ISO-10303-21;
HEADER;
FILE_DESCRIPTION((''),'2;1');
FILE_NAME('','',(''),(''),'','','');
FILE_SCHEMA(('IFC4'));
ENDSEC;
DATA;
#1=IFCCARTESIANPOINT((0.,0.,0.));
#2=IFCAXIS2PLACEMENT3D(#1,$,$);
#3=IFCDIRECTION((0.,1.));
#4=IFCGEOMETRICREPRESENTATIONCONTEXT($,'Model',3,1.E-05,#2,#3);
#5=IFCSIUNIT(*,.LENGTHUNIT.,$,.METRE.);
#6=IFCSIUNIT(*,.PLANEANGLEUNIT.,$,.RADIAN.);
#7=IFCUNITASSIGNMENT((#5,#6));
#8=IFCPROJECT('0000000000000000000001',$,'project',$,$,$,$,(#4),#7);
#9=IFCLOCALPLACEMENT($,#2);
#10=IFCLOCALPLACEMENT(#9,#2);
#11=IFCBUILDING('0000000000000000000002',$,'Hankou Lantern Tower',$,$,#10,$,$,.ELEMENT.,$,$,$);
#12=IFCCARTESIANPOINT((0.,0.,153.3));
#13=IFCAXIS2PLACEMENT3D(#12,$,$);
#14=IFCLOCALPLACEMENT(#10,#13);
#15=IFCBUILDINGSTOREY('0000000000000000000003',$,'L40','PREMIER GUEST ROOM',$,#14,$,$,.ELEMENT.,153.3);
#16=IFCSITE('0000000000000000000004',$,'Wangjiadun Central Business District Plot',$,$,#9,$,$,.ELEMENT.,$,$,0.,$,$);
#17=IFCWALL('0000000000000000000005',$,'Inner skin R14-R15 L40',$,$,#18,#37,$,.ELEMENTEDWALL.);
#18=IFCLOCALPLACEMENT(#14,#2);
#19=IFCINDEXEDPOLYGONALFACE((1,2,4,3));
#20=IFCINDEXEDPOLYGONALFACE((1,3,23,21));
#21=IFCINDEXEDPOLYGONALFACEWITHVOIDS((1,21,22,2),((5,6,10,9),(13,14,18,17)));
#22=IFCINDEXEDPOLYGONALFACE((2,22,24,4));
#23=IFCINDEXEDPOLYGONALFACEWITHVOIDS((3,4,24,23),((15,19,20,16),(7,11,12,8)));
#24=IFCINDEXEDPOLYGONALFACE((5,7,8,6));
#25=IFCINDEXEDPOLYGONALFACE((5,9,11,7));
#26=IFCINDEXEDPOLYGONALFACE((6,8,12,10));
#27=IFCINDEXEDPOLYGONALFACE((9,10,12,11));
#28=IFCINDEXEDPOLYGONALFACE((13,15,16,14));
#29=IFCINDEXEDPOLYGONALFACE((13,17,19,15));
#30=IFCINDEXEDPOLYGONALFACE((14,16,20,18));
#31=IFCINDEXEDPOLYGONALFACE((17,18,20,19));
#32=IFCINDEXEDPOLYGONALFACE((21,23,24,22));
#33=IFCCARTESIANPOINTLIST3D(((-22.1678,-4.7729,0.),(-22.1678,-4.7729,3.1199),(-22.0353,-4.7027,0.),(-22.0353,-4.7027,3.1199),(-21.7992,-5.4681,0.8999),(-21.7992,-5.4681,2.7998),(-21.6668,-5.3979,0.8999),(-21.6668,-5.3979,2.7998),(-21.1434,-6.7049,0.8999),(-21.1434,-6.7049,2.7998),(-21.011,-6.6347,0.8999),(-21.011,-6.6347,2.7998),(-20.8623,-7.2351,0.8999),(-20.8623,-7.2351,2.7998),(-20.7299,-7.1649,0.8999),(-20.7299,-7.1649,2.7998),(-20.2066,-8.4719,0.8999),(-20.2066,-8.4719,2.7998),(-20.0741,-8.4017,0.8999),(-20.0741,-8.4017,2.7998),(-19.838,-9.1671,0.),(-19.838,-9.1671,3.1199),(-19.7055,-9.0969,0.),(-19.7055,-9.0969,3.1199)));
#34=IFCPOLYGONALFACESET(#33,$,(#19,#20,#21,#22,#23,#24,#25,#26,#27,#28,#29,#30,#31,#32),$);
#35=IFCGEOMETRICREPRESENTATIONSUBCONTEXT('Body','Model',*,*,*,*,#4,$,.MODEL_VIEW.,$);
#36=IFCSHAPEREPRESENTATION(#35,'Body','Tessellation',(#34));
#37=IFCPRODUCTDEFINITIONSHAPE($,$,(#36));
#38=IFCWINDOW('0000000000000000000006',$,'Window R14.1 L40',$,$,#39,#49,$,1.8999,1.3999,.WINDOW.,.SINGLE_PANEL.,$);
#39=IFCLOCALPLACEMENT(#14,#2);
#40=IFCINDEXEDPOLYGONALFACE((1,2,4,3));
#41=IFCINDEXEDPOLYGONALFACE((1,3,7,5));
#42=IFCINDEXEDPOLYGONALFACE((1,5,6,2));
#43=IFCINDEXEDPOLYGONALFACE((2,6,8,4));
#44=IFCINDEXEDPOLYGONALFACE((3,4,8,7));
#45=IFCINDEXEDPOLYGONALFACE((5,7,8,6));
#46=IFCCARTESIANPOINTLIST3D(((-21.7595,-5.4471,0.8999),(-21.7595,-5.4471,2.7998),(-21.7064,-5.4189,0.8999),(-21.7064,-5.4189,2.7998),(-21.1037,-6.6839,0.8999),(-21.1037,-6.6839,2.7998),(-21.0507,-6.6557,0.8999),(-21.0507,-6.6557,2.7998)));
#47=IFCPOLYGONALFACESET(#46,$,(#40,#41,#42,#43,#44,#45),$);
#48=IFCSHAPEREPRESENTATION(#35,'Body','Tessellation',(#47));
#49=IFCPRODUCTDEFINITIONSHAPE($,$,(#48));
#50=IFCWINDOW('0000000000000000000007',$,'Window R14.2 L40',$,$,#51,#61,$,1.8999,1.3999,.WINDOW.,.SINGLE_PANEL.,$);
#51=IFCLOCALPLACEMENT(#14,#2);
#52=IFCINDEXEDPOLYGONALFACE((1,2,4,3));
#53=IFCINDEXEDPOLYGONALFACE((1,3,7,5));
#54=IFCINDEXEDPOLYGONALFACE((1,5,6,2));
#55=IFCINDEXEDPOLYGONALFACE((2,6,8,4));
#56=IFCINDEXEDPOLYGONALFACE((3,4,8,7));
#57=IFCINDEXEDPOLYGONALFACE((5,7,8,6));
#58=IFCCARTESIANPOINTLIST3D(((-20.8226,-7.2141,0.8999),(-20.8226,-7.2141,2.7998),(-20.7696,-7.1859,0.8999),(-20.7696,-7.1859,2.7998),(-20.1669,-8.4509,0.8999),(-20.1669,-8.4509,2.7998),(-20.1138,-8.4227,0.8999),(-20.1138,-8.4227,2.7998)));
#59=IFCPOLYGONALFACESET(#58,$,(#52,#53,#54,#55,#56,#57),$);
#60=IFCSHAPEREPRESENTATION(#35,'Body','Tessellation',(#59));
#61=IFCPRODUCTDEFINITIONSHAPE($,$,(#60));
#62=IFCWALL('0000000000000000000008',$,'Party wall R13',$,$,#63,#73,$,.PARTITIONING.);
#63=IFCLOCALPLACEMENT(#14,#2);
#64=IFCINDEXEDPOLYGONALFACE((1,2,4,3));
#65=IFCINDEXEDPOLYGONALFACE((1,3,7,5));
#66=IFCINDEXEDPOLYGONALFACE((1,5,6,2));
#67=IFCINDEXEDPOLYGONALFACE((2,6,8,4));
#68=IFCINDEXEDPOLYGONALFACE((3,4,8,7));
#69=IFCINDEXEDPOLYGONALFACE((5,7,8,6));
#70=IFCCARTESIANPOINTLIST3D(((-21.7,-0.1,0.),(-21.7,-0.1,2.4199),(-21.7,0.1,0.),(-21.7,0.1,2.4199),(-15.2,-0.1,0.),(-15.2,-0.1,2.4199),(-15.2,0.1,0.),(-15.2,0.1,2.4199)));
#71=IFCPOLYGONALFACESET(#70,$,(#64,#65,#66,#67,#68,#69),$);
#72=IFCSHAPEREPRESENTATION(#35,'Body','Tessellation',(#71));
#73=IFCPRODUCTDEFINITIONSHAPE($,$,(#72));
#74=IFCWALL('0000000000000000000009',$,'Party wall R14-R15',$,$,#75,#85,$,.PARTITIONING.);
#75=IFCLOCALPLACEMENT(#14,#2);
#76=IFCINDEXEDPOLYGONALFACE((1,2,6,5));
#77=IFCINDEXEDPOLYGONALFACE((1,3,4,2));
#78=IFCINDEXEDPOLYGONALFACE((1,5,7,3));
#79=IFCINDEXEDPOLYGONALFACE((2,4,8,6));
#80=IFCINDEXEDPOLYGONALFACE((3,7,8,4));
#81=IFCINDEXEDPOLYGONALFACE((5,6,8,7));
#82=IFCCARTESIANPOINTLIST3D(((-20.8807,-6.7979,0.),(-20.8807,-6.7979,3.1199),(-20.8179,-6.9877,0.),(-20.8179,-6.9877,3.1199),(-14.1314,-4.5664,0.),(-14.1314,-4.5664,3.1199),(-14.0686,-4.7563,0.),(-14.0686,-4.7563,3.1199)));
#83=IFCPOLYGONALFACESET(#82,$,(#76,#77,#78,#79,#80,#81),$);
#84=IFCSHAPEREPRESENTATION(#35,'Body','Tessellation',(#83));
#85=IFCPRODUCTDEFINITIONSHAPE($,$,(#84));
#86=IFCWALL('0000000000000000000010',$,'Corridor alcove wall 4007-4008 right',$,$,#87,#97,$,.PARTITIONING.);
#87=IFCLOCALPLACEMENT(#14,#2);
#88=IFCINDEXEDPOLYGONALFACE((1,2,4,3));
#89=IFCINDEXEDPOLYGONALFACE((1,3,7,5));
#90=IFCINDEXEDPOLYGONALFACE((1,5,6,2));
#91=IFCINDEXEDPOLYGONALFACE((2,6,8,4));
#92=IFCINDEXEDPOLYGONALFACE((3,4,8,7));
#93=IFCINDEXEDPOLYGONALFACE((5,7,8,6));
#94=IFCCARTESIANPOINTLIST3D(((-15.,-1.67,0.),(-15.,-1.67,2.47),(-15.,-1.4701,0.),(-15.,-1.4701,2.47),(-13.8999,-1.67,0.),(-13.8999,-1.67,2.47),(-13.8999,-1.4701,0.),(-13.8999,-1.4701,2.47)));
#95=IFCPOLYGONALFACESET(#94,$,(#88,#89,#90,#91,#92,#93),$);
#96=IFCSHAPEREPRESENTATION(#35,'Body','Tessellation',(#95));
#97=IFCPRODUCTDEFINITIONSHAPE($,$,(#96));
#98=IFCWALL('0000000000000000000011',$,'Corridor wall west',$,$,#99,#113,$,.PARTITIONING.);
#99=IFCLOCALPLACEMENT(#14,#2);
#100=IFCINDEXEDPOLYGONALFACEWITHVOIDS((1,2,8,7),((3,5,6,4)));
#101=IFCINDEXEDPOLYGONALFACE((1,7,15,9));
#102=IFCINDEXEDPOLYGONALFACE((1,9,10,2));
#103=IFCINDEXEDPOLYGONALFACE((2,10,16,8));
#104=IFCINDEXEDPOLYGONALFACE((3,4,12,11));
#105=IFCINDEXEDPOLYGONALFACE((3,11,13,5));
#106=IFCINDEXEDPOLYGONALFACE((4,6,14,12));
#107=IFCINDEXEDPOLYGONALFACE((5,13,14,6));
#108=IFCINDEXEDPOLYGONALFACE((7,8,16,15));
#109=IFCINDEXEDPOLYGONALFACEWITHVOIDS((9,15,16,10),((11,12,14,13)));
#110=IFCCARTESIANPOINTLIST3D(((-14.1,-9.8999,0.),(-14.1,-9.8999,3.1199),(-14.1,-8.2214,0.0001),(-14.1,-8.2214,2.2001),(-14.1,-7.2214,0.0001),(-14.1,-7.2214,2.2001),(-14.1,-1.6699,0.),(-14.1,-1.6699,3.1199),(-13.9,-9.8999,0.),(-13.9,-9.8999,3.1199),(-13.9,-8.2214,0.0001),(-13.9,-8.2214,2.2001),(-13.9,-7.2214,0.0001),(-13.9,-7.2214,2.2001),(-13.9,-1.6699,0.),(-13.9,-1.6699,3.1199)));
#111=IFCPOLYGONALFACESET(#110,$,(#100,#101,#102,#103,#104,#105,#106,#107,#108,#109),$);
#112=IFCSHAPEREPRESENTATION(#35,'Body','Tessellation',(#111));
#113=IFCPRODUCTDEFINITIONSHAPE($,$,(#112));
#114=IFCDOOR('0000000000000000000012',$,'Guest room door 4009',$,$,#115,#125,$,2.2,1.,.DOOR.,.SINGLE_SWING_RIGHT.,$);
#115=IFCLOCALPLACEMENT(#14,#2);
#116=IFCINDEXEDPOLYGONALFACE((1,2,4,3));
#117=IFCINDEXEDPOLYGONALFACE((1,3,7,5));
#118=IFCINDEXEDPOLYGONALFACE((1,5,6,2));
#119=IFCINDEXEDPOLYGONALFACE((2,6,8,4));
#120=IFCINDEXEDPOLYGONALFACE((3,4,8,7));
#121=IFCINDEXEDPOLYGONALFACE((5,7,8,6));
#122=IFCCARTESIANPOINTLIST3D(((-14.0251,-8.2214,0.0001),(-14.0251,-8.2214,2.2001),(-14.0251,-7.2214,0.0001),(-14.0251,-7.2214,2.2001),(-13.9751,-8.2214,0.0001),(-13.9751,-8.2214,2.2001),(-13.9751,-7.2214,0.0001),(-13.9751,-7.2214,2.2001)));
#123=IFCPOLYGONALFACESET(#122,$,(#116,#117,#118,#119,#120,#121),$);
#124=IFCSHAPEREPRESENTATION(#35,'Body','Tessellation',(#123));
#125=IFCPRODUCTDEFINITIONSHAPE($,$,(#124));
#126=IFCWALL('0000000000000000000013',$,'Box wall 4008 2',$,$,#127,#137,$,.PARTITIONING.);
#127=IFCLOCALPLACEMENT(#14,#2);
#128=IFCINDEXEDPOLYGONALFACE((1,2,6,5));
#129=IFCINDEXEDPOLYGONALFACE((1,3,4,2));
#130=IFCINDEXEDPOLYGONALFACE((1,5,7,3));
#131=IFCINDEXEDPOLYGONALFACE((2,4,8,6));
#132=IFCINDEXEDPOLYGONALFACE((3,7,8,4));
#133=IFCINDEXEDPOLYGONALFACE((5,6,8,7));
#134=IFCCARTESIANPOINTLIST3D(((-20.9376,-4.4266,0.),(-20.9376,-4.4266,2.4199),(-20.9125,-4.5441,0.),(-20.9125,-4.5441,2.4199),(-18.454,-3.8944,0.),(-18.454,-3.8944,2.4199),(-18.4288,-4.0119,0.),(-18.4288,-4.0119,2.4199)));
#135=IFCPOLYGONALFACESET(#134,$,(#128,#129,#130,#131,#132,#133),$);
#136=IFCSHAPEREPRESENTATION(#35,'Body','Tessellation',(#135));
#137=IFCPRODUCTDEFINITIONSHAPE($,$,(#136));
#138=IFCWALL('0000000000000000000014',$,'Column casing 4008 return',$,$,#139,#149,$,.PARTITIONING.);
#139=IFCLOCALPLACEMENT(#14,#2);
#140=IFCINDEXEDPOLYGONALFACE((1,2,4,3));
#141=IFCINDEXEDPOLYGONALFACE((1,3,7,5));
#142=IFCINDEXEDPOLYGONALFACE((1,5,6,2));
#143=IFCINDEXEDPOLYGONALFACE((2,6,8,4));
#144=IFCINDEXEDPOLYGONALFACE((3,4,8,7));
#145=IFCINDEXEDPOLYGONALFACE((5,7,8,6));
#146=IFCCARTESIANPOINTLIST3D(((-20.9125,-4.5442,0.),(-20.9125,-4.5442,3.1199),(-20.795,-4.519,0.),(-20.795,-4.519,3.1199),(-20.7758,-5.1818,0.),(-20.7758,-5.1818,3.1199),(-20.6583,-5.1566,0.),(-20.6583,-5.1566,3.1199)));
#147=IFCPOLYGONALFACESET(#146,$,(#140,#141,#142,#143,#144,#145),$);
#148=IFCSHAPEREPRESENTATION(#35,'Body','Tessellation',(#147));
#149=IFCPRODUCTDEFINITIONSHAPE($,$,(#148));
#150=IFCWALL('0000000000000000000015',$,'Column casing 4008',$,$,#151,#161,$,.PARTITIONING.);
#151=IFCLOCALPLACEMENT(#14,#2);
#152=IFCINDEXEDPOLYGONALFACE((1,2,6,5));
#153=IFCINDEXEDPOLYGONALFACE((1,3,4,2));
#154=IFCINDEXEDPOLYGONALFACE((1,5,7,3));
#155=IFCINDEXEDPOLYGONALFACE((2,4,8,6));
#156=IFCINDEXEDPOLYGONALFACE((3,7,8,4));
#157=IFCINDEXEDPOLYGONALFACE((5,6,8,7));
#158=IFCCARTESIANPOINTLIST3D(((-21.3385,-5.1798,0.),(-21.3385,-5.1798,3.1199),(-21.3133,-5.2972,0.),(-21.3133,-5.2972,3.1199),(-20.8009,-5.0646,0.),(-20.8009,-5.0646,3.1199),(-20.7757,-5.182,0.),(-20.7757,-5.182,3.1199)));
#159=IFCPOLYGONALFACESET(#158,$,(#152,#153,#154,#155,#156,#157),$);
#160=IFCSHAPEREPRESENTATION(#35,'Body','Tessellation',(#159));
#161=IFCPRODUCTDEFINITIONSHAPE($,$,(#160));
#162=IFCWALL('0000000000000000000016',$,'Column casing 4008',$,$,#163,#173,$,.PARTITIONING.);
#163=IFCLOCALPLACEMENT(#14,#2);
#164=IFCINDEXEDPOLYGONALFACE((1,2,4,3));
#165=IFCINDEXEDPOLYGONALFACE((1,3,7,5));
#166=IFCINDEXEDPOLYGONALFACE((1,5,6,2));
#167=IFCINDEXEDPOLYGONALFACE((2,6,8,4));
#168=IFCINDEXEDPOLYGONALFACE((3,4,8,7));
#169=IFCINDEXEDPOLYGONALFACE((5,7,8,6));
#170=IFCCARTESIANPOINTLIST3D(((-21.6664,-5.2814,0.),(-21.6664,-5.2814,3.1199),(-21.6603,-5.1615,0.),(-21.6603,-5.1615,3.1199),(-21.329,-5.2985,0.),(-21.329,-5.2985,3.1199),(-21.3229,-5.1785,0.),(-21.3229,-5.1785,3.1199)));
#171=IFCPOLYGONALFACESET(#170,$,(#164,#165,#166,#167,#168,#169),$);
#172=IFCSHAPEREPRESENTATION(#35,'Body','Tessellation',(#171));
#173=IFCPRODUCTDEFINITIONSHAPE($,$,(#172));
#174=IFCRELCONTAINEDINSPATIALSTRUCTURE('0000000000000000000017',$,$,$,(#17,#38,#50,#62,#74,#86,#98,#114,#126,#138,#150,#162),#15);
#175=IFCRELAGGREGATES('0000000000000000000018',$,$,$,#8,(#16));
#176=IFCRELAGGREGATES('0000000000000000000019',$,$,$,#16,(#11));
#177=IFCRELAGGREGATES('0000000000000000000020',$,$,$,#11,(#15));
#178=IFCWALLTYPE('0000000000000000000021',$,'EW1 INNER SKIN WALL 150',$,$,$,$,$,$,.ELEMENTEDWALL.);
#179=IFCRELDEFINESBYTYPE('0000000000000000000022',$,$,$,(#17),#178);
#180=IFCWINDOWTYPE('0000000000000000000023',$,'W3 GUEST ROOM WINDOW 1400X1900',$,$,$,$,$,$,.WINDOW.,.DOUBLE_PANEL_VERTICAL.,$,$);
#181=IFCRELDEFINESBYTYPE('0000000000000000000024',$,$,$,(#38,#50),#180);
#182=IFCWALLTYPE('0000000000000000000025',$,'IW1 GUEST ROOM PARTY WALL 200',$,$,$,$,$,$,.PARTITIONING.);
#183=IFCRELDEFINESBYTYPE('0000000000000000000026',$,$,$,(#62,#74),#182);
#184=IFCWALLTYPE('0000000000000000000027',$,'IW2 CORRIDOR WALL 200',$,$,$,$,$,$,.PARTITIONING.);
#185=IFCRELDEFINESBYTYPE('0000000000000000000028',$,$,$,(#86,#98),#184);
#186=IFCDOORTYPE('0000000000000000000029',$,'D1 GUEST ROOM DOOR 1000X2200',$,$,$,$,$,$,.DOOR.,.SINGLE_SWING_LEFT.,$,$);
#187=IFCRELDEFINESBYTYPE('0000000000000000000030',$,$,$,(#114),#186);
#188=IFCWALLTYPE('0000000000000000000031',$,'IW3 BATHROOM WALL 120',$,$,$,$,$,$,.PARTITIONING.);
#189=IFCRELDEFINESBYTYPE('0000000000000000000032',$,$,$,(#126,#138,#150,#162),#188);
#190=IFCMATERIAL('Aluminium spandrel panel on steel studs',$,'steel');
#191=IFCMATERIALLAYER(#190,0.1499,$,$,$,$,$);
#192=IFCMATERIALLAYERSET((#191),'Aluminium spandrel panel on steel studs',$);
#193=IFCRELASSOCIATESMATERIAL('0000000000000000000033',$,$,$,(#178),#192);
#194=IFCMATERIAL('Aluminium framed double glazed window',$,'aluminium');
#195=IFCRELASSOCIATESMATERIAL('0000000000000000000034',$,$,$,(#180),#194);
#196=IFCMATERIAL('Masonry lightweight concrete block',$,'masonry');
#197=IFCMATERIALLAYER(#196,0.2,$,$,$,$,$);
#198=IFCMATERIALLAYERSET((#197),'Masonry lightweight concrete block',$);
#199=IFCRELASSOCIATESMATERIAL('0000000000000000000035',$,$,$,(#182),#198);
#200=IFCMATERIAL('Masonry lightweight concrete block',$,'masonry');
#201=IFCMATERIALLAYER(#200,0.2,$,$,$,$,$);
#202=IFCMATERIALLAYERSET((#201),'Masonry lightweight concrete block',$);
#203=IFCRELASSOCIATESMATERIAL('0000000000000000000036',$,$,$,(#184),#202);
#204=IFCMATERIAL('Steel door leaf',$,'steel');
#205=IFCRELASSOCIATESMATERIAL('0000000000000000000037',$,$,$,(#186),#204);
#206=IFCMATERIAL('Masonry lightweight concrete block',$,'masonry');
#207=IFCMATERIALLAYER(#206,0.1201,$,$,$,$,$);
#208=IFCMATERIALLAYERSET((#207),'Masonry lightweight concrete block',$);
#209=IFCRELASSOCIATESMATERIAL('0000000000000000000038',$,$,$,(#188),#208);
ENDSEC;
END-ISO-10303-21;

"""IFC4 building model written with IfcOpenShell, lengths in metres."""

from ifc_helpers import new_model, si_unit, direction, frame, frame_2d, origin, place, context, subcontext, project, spatial, rectangle, extrude, material, layer, layer_set, type_object, element, fill, save


model = new_model("IFC4")

# Units and contexts
model_context = context("Model", 3, precision=1e-05, world=origin(), true_north=direction((0.0, 1.0)))
body_context = subcontext(model_context, "Body", "Model", "MODEL_VIEW")
ifc_project = project(units=[si_unit("LENGTHUNIT", "METRE"), si_unit("PLANEANGLEUNIT", "RADIAN")], contexts=[model_context])

# Site, building, storey
site_placement = place(None, origin())
site = spatial("IfcSite", under=ifc_project, at=site_placement, Name="Wangjiadun Central Business District Plot", CompositionType="ELEMENT", RefElevation=0.0)
building_placement = place(site_placement, origin())
building = spatial("IfcBuilding", under=site, at=building_placement, Name="Hankou Lantern Tower", CompositionType="ELEMENT")
storey_placement = place(building_placement, frame((0.0, 0.0, 153.3)))
storey = spatial("IfcBuildingStorey", under=building, at=storey_placement, Name="L40", Description="PREMIER GUEST ROOM", CompositionType="ELEMENT", Elevation=153.3)

# Wall, openings, windows
ifc_material_1 = material(Name="Aluminium spandrel panel on steel studs", Category="steel")
ifc_layer_1 = layer(ifc_material_1, 0.1499)
ifc_layer_set_1 = layer_set([ifc_layer_1], Name="Aluminium spandrel panel on steel studs")
wall_type_1 = type_object("IfcWallType", Name="EW1 INNER SKIN WALL 150", PredefinedType="ELEMENTEDWALL", material=ifc_layer_set_1)
ifc_material_2 = material(Name="Aluminium framed double glazed window", Category="aluminium")
window_type = type_object("IfcWindowType", Name="W3 GUEST ROOM WINDOW 1400X1900", PartitioningType="DOUBLE_PANEL_VERTICAL", PredefinedType="WINDOW", material=ifc_material_2)
wall_1_placement = place(storey_placement, frame((-22.1016, -4.7378, 0.0), z_axis=(0.0, 0.0, 1.0), x_axis=(0.468429, -0.883501, 0.0)))
wall_1 = element("IfcWall", 1, at=wall_1_placement, inside=storey, type_object=wall_type_1, Name="Inner skin R14-R15 L40", PredefinedType="ELEMENTEDWALL", context=body_context, shape_type="SweptSolid", body=[
    extrude(rectangle(XDim=4.9736, YDim=0.1499, at=frame_2d((2.4868, 0.0))), origin(), (0.0, 0.0, 1.0), 3.1199),
])
opening_1_placement = place(wall_1_placement, frame((0.7869, 0.0, 0.8999)))
opening_1 = element("IfcOpeningElement", 2, at=opening_1_placement, cuts=wall_1, PredefinedType="OPENING", context=body_context, shape_type="SweptSolid", body=[
    extrude(rectangle(XDim=1.3999, YDim=1.8999, at=frame_2d((0.7, 0.95))), frame((0.0, 0.085, 0.0), z_axis=(0.0, -1.0, 0.0), x_axis=(1.0, 0.0, 0.0)), (0.0, 0.0, 1.0), 0.1699),
])
opening_2_placement = place(wall_1_placement, frame((2.7869, 0.0, 0.8999)))
opening_2 = element("IfcOpeningElement", 3, at=opening_2_placement, cuts=wall_1, PredefinedType="OPENING", context=body_context, shape_type="SweptSolid", body=[
    extrude(rectangle(XDim=1.3999, YDim=1.8999, at=frame_2d((0.7, 0.95))), frame((0.0, 0.085, 0.0), z_axis=(0.0, -1.0, 0.0), x_axis=(1.0, 0.0, 0.0)), (0.0, 0.0, 1.0), 0.1699),
])
window_1_placement = place(opening_1_placement, origin())
window_1 = element("IfcWindow", 4, at=window_1_placement, inside=storey, type_object=window_type, Name="Window R14.1 L40", OverallHeight=1.8999, OverallWidth=1.3999, PartitioningType="SINGLE_PANEL", PredefinedType="WINDOW", context=body_context, shape_type="SweptSolid", body=[
    extrude(rectangle(XDim=1.3999, YDim=1.8999, at=frame_2d((0.7, 0.95))), frame((0.0, 0.03, 0.0), z_axis=(0.0, -1.0, 0.0), x_axis=(1.0, 0.0, 0.0)), (0.0, 0.0, 1.0), 0.0601),
])
fill(opening_1, window_1)
window_2_placement = place(opening_2_placement, origin())
window_2 = element("IfcWindow", 5, at=window_2_placement, inside=storey, type_object=window_type, Name="Window R14.2 L40", OverallHeight=1.8999, OverallWidth=1.3999, PartitioningType="SINGLE_PANEL", PredefinedType="WINDOW", context=body_context, shape_type="SweptSolid", body=[
    extrude(rectangle(XDim=1.3999, YDim=1.8999, at=frame_2d((0.7, 0.95))), frame((0.0, 0.03, 0.0), z_axis=(0.0, -1.0, 0.0), x_axis=(1.0, 0.0, 0.0)), (0.0, 0.0, 1.0), 0.0601),
])
fill(opening_2, window_2)

# Walls
ifc_material_3 = material(Name="Masonry lightweight concrete block", Category="masonry")
ifc_layer_2 = layer(ifc_material_3, 0.2)
ifc_layer_set_2 = layer_set([ifc_layer_2], Name="Masonry lightweight concrete block")
wall_type_2 = type_object("IfcWallType", Name="IW1 GUEST ROOM PARTY WALL 200", PredefinedType="PARTITIONING", material=ifc_layer_set_2)
wall_2_placement = place(storey_placement, frame((-15.2, 0.0, 0.0), z_axis=(0.0, 0.0, 1.0), x_axis=(-1.0, 0.0, 0.0)))
element("IfcWall", 6, at=wall_2_placement, inside=storey, type_object=wall_type_2, Name="Party wall R13", PredefinedType="PARTITIONING", context=body_context, shape_type="SweptSolid", body=[
    extrude(rectangle(XDim=6.5, YDim=0.2, at=frame_2d((3.25, 0.0))), origin(), (0.0, 0.0, 1.0), 2.4199),
])
wall_3_placement = place(storey_placement, frame((-14.1001, -4.6614, 0.0), z_axis=(0.0, 0.0, 1.0), x_axis=(-0.949453, -0.313909, 0.0)))
element("IfcWall", 7, at=wall_3_placement, inside=storey, type_object=wall_type_2, Name="Party wall R14-R15", PredefinedType="PARTITIONING", context=body_context, shape_type="SweptSolid", body=[
    extrude(rectangle(XDim=7.1086, YDim=0.2, at=frame_2d((3.5542, 0.0))), origin(), (0.0, 0.0, 1.0), 3.1199),
])
ifc_material_4 = material(Name="Masonry lightweight concrete block", Category="masonry")
ifc_layer_3 = layer(ifc_material_4, 0.2)
ifc_layer_set_3 = layer_set([ifc_layer_3], Name="Masonry lightweight concrete block")
wall_type_3 = type_object("IfcWallType", Name="IW2 CORRIDOR WALL 200", PredefinedType="PARTITIONING", material=ifc_layer_set_3)
wall_4_placement = place(storey_placement, frame((-13.8999, -1.5701, 0.0), z_axis=(0.0, 0.0, 1.0), x_axis=(-1.0, 0.0, 0.0)))
element("IfcWall", 8, at=wall_4_placement, inside=storey, type_object=wall_type_3, Name="Corridor alcove wall 4007-4008 right", PredefinedType="PARTITIONING", context=body_context, shape_type="SweptSolid", body=[
    extrude(rectangle(XDim=1.1001, YDim=0.2, at=frame_2d((0.55, 0.0))), origin(), (0.0, 0.0, 1.0), 2.47),
])

# Wall, opening, door
wall_5_placement = place(storey_placement, frame((-14.0, -1.6699, 0.0), z_axis=(0.0, 0.0, 1.0), x_axis=(0.0, -1.0, 0.0)))
wall_5 = element("IfcWall", 9, at=wall_5_placement, inside=storey, type_object=wall_type_3, Name="Corridor wall west", PredefinedType="PARTITIONING", context=body_context, shape_type="SweptSolid", body=[
    extrude(rectangle(XDim=8.23, YDim=0.2, at=frame_2d((4.115, 0.0))), origin(), (0.0, 0.0, 1.0), 3.1199),
])
opening_3_placement = place(wall_5_placement, frame((5.5515, 0.0, 0.0)))
opening_3 = element("IfcOpeningElement", 10, at=opening_3_placement, cuts=wall_5, PredefinedType="OPENING", context=body_context, shape_type="SweptSolid", body=[
    extrude(rectangle(XDim=1.0, YDim=2.2, at=frame_2d((0.5, 1.1001))), frame((0.0, 0.1099, 0.0), z_axis=(0.0, -1.0, 0.0), x_axis=(1.0, 0.0, 0.0)), (0.0, 0.0, 1.0), 0.22),
])
ifc_material_5 = material(Name="Steel door leaf", Category="steel")
door_type = type_object("IfcDoorType", Name="D1 GUEST ROOM DOOR 1000X2200", OperationType="SINGLE_SWING_LEFT", PredefinedType="DOOR", material=ifc_material_5)
door_placement = place(opening_3_placement, origin())
door = element("IfcDoor", 11, at=door_placement, inside=storey, type_object=door_type, Name="Guest room door 4009", OperationType="SINGLE_SWING_RIGHT", OverallHeight=2.2, OverallWidth=1.0, PredefinedType="DOOR", context=body_context, shape_type="SweptSolid", body=[
    extrude(rectangle(XDim=1.0, YDim=2.2, at=frame_2d((0.5, 1.1001))), frame((0.0, 0.0249, 0.0), z_axis=(0.0, -1.0, 0.0), x_axis=(1.0, 0.0, 0.0)), (0.0, 0.0, 1.0), 0.05),
])
fill(opening_3, door)

# Walls
ifc_material_6 = material(Name="Masonry lightweight concrete block", Category="masonry")
ifc_layer_4 = layer(ifc_material_6, 0.1201)
ifc_layer_set_4 = layer_set([ifc_layer_4], Name="Masonry lightweight concrete block")
wall_type_4 = type_object("IfcWallType", Name="IW3 BATHROOM WALL 120", PredefinedType="PARTITIONING", material=ifc_layer_set_4)
wall_6_placement = place(storey_placement, frame((-18.4414, -3.9531, 0.0), z_axis=(0.0, 0.0, 1.0), x_axis=(-0.977801, -0.209536, 0.0)))
element("IfcWall", 12, at=wall_6_placement, inside=storey, type_object=wall_type_4, Name="Box wall 4008 2", PredefinedType="PARTITIONING", context=body_context, shape_type="SweptSolid", body=[
    extrude(rectangle(XDim=2.54, YDim=0.1201, at=frame_2d((1.27, 0.0))), origin(), (0.0, 0.0, 1.0), 2.4199),
])
wall_7_placement = place(storey_placement, frame((-20.8538, -4.5315, 0.0), z_axis=(0.0, 0.0, 1.0), x_axis=(0.209631, -0.97778, 0.0)))
element("IfcWall", 13, at=wall_7_placement, inside=storey, type_object=wall_type_4, Name="Column casing 4008 return", PredefinedType="PARTITIONING", context=body_context, shape_type="SweptSolid", body=[
    extrude(rectangle(XDim=0.6521, YDim=0.1201, at=frame_2d((0.3262, 0.0))), origin(), (0.0, 0.0, 1.0), 3.1199),
])
wall_8_placement = place(storey_placement, frame((-20.7883, -5.1233, 0.0), z_axis=(0.0, 0.0, 1.0), x_axis=(-0.977789, -0.20959, 0.0)))
element("IfcWall", 14, at=wall_8_placement, inside=storey, type_object=wall_type_4, Name="Column casing 4008", PredefinedType="PARTITIONING", context=body_context, shape_type="SweptSolid", body=[
    extrude(rectangle(XDim=0.5498, YDim=0.1201, at=frame_2d((0.2749, 0.0))), origin(), (0.0, 0.0, 1.0), 3.1199),
])
wall_9_placement = place(storey_placement, frame((-21.3259, -5.2385, 0.0), z_axis=(0.0, 0.0, 1.0), x_axis=(-0.99872, 0.050586, 0.0)))
element("IfcWall", 15, at=wall_9_placement, inside=storey, type_object=wall_type_4, Name="Column casing 4008", PredefinedType="PARTITIONING", context=body_context, shape_type="SweptSolid", body=[
    extrude(rectangle(XDim=0.3379, YDim=0.1201, at=frame_2d((0.1689, 0.0))), origin(), (0.0, 0.0, 1.0), 3.1199),
])

save(model, "model.ifc")
